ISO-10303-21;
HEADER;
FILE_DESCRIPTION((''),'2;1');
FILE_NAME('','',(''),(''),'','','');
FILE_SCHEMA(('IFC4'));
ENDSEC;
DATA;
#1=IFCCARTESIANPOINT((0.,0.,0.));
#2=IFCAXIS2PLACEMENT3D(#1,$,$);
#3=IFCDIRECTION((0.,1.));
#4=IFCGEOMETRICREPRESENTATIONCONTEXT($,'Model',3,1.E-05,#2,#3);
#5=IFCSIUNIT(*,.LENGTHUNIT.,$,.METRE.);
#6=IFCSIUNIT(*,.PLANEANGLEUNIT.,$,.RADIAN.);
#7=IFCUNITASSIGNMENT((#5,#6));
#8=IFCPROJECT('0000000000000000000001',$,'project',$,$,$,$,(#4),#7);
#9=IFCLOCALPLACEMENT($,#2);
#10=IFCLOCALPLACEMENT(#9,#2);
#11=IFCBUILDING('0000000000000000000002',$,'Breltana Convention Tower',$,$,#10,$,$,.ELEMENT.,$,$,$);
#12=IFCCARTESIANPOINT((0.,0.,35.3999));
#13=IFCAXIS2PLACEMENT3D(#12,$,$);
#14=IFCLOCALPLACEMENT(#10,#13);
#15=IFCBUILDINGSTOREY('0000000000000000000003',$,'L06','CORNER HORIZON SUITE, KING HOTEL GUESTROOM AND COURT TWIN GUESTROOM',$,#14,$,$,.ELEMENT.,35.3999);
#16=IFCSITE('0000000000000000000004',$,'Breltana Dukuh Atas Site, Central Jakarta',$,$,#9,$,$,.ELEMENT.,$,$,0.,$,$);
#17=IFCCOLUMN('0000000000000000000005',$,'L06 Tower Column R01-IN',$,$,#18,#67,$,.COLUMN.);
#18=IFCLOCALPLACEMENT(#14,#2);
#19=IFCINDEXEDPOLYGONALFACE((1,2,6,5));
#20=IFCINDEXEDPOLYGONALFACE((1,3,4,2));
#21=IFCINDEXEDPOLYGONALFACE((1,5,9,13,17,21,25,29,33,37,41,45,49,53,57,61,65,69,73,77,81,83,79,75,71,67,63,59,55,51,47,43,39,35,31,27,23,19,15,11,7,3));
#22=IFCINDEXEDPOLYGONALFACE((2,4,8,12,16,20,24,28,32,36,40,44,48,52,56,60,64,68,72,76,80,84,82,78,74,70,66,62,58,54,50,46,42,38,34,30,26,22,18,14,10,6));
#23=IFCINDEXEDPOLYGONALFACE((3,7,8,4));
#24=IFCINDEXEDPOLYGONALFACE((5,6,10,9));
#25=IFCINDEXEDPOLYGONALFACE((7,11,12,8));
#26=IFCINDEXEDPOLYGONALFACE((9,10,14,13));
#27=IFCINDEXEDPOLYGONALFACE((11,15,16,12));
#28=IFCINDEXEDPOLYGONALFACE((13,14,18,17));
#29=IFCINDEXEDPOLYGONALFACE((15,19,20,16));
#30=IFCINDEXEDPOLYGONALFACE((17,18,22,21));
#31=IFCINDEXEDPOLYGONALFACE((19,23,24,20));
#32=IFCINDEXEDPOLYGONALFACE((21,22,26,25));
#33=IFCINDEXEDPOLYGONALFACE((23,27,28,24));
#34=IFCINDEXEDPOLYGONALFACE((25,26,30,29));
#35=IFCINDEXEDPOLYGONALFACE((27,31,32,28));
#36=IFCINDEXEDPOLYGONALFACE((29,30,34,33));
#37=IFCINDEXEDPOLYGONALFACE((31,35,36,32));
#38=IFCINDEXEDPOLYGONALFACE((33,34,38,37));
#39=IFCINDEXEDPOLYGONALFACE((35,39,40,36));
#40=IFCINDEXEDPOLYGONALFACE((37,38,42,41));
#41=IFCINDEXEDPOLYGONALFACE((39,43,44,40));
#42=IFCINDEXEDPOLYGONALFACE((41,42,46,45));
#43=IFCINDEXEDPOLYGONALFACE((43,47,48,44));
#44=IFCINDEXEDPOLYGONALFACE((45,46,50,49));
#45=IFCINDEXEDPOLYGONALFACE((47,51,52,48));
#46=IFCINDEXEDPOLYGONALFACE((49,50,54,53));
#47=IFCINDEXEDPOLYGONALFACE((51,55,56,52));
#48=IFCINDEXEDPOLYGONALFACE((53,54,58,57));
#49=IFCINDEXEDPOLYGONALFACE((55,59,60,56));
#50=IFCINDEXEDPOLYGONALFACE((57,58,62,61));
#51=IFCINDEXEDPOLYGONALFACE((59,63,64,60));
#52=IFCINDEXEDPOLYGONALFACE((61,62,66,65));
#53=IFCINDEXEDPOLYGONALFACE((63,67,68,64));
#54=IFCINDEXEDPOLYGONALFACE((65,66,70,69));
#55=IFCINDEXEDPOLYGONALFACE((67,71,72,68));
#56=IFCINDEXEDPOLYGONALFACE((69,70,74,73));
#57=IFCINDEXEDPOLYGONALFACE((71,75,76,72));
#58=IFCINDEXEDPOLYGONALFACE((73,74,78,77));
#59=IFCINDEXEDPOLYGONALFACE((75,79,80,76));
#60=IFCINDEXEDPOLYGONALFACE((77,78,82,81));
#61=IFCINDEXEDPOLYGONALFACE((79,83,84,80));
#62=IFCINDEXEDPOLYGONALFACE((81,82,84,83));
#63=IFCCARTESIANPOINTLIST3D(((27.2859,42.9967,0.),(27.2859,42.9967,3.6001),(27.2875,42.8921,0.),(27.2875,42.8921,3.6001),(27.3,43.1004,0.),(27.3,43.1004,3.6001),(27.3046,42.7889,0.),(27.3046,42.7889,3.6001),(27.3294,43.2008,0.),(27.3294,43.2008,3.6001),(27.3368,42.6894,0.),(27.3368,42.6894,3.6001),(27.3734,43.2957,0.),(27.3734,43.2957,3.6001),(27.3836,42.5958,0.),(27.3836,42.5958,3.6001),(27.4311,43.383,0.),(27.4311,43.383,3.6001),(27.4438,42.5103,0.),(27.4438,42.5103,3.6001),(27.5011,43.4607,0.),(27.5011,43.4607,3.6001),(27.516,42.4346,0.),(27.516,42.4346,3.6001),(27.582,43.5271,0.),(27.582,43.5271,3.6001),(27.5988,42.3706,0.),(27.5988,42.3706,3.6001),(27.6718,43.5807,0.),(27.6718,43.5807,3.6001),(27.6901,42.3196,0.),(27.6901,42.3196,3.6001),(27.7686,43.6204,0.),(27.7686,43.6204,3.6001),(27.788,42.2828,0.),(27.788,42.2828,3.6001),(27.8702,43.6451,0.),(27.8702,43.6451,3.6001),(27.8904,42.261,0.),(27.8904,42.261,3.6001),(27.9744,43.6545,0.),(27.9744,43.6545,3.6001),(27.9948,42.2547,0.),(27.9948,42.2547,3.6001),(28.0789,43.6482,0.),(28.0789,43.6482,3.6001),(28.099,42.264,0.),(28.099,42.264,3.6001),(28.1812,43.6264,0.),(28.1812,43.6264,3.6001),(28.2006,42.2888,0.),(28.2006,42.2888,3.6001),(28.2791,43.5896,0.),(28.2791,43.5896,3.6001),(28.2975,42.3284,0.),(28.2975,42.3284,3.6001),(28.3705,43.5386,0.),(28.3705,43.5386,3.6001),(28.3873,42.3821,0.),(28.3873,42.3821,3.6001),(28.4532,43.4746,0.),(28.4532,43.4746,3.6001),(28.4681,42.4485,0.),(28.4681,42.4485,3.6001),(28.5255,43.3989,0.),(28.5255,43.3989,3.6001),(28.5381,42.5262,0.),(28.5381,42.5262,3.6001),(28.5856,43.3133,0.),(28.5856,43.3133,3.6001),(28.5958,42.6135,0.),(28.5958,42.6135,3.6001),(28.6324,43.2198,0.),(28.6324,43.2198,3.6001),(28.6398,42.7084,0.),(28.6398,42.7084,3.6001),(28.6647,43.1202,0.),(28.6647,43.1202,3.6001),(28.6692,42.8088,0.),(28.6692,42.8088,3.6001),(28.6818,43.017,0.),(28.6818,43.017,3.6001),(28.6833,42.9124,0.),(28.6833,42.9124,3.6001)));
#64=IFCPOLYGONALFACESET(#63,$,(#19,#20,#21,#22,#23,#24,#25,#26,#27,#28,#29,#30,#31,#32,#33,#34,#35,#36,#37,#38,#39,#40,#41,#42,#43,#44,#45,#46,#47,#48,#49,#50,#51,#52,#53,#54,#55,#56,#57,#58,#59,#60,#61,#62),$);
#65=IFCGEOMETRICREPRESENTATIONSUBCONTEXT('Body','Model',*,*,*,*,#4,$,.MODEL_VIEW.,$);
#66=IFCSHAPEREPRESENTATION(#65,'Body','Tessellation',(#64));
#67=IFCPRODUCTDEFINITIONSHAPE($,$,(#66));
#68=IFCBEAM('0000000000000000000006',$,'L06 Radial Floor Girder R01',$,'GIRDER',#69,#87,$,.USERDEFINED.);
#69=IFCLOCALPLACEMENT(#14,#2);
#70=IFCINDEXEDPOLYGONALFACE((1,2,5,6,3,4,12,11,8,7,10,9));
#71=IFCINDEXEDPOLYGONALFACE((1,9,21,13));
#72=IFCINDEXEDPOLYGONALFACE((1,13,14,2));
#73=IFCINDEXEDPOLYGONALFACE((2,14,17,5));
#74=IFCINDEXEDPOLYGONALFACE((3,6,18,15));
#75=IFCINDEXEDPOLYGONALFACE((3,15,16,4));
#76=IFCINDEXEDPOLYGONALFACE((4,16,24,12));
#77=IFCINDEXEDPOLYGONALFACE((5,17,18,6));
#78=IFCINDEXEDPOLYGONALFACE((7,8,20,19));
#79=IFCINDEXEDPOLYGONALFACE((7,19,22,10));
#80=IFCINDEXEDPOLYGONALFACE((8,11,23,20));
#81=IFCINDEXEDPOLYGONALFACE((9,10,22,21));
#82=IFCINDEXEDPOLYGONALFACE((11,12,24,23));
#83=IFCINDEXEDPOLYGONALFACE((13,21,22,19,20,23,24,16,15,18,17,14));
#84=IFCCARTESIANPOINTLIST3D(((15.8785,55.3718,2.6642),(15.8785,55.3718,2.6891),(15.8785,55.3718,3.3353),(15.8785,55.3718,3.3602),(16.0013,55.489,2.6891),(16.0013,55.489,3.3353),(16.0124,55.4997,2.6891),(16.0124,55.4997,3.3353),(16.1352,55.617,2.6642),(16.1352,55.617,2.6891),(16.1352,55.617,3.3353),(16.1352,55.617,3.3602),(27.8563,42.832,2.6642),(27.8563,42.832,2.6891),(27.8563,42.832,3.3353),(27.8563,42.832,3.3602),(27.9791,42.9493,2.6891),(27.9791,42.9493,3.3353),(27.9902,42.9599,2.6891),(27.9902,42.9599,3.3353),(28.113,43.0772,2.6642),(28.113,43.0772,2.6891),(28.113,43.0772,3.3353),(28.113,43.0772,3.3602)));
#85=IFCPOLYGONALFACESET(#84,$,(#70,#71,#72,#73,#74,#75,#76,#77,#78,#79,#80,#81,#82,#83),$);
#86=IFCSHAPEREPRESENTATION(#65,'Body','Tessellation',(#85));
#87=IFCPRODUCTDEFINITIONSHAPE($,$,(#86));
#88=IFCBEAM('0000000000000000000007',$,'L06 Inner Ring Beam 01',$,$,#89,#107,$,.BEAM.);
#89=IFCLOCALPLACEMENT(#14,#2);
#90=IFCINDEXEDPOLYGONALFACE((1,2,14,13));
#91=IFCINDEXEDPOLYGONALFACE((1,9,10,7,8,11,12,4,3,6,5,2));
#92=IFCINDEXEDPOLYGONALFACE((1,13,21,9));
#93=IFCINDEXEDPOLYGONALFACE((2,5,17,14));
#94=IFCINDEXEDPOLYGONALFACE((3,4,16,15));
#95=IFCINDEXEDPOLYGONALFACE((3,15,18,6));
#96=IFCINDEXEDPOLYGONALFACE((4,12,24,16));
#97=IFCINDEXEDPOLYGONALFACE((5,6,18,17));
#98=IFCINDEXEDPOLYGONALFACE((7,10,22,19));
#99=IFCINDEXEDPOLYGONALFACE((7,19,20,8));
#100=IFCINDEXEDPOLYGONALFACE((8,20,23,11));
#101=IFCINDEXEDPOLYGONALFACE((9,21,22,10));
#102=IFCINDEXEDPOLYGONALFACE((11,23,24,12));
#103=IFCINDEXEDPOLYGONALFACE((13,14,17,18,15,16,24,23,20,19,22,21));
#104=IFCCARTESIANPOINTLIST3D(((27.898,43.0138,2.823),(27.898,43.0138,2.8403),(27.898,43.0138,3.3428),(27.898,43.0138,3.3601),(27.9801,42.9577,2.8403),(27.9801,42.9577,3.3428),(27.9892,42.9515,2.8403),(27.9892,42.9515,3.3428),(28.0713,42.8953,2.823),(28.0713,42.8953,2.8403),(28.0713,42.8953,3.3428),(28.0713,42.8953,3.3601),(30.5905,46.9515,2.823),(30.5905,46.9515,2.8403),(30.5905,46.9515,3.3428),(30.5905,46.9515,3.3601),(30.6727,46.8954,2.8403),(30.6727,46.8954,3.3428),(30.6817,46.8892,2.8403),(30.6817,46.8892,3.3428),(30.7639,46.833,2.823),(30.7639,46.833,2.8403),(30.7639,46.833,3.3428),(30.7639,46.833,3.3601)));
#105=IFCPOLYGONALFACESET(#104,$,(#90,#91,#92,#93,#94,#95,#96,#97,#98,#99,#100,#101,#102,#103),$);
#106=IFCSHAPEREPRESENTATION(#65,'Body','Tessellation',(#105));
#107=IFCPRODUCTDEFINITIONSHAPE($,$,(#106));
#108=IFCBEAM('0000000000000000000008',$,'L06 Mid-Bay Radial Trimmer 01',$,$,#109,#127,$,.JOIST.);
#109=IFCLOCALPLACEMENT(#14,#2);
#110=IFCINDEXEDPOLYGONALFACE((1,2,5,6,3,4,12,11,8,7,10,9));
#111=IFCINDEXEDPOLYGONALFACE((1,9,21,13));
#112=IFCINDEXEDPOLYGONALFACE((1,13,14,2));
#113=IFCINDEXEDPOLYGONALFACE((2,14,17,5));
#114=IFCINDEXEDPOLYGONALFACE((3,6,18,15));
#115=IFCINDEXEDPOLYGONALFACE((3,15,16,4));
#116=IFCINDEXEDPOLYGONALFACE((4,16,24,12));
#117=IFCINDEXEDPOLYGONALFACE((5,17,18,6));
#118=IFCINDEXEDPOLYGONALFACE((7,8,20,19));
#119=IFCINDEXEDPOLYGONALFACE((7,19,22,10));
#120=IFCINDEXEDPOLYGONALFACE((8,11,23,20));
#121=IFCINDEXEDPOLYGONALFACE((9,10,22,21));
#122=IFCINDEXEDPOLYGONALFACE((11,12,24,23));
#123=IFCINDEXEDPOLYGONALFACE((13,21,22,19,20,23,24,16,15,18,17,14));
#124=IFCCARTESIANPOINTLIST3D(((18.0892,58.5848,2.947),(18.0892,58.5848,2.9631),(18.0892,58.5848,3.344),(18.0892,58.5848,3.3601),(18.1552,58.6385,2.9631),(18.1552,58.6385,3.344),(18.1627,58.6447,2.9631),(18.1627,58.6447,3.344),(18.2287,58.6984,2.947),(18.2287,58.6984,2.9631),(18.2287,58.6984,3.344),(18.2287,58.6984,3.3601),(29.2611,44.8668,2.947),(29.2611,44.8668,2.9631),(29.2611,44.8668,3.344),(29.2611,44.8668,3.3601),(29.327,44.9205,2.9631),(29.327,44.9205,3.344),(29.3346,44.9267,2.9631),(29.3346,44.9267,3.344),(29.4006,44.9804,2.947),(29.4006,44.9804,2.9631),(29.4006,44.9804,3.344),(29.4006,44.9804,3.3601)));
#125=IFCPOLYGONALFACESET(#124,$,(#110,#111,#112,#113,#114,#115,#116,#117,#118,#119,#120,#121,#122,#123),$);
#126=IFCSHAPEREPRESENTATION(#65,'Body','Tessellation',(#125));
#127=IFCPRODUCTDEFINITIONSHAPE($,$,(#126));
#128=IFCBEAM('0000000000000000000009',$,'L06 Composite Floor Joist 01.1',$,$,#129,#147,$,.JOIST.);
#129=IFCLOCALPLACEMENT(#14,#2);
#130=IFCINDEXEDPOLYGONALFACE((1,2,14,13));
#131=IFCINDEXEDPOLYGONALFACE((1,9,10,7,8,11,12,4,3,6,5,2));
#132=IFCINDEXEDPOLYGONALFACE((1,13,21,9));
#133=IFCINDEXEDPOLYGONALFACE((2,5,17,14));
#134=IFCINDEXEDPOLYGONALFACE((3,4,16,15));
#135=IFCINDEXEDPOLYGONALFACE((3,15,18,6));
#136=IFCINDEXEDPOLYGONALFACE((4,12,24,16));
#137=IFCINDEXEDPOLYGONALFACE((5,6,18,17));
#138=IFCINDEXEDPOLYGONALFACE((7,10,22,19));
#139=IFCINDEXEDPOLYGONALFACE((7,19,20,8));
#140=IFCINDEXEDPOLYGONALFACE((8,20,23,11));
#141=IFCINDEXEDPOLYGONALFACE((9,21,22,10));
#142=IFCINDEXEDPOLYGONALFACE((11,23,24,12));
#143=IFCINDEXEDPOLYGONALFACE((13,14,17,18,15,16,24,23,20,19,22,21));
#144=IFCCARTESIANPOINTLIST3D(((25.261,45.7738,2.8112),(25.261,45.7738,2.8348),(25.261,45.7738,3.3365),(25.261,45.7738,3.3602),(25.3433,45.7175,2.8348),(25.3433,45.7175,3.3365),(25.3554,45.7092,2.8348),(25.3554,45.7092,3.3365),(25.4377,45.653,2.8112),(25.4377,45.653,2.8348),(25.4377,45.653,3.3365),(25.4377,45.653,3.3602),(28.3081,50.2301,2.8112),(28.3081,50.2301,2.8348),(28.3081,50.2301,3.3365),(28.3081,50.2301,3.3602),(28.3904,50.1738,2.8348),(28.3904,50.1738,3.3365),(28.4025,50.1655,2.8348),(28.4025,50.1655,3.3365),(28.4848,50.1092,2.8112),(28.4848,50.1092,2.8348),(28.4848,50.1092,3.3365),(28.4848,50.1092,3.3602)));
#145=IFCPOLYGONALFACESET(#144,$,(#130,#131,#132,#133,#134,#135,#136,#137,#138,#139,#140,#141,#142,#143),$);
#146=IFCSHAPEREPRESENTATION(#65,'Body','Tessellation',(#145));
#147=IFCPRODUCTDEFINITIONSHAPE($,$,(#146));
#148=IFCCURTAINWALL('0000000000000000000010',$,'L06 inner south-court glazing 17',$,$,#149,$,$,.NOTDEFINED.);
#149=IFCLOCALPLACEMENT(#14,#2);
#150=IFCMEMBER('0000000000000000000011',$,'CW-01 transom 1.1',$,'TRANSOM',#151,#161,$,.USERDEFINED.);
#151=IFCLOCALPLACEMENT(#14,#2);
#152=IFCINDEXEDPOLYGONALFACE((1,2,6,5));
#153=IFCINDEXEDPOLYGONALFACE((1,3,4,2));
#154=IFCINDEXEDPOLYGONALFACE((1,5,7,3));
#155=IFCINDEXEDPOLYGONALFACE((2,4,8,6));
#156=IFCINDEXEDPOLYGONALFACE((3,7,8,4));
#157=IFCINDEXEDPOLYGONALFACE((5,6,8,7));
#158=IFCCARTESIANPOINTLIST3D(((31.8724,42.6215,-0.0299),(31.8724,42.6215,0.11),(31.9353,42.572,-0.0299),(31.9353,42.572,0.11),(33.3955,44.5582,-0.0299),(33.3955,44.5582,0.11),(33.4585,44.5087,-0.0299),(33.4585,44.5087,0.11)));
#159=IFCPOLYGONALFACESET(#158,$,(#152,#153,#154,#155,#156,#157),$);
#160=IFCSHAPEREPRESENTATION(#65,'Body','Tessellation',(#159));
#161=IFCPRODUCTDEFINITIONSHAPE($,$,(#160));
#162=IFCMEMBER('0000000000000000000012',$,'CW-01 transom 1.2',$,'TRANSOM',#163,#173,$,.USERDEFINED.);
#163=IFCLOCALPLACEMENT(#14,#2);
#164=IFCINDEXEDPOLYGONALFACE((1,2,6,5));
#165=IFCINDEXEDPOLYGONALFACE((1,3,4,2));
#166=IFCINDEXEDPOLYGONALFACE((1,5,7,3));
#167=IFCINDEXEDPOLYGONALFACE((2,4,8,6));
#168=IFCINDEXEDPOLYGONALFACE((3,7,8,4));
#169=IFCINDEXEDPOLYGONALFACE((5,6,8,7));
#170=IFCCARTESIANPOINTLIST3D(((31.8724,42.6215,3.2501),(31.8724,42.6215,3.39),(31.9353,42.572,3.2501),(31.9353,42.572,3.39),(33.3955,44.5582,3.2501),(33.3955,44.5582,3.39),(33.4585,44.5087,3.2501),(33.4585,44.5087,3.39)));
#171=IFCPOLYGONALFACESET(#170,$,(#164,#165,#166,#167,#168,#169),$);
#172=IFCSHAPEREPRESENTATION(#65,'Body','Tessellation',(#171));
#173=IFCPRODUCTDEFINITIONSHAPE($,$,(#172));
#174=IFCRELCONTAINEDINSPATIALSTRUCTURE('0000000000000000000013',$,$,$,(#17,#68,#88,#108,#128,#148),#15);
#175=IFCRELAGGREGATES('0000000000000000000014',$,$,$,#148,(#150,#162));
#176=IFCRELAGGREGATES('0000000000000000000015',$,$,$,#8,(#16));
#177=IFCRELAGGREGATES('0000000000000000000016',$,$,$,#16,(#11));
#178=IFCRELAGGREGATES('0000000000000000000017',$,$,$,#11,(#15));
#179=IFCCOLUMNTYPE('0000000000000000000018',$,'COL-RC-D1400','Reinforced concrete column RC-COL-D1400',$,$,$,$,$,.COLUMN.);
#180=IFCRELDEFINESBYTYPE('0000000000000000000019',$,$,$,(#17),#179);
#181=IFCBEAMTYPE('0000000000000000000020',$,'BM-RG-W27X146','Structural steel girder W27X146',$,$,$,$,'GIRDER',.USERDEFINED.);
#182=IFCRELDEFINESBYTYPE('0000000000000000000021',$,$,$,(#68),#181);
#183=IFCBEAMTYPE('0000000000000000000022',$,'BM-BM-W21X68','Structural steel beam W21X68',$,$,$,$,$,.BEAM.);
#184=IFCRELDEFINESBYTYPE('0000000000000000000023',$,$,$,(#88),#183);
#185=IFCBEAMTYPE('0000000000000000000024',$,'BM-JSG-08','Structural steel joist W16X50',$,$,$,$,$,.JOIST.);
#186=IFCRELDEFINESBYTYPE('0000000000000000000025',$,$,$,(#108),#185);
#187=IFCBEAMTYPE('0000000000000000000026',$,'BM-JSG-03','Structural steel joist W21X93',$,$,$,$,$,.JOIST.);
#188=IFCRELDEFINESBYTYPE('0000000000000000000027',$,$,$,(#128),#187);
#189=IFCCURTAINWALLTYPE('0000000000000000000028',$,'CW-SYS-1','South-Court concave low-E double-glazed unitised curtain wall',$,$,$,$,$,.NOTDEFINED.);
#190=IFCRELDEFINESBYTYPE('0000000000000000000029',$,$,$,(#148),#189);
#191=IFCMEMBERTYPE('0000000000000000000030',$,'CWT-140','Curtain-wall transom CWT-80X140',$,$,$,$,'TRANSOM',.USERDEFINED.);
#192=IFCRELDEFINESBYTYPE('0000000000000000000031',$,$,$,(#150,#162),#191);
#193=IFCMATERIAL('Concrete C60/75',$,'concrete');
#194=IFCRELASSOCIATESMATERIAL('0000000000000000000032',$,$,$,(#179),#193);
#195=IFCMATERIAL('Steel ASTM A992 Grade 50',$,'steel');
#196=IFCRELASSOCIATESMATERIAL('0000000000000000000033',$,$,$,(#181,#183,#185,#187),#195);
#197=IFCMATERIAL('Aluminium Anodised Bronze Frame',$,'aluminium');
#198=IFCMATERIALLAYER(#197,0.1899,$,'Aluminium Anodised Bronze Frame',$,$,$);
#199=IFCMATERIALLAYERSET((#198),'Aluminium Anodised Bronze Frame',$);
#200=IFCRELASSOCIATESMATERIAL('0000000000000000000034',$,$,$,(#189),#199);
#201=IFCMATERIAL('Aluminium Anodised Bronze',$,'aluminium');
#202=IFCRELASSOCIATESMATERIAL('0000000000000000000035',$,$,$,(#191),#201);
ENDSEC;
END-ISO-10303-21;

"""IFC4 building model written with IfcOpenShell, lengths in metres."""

from ifc_helpers import new_model, si_unit, direction, frame, origin, origin_2d, place, context, subcontext, project, spatial, rectangle, circle, i_section, extrude, source, transform, mapped, material, layer, layer_set, material_profile, profile_set, type_object, type_shapes, element, aggregate, save


model = new_model("IFC4")

# Units and contexts
model_context = context("Model", 3, precision=1e-05, world=origin(), true_north=direction((0.0, 1.0)))
body_context = subcontext(model_context, "Body", "Model", "MODEL_VIEW")
ifc_project = project(units=[si_unit("LENGTHUNIT", "METRE"), si_unit("PLANEANGLEUNIT", "RADIAN")], contexts=[model_context])

# Site, building, storey
site_placement = place(None, origin())
site = spatial("IfcSite", under=ifc_project, at=site_placement, Name="Breltana Dukuh Atas Site, Central Jakarta", CompositionType="ELEMENT", RefElevation=0.0)
building_placement = place(site_placement, origin())
building = spatial("IfcBuilding", under=site, at=building_placement, Name="Breltana Convention Tower", CompositionType="ELEMENT")
storey_placement = place(building_placement, frame((0.0, 0.0, 35.3999)))
storey = spatial("IfcBuildingStorey", under=building, at=storey_placement, Name="L06", Description="CORNER HORIZON SUITE, KING HOTEL GUESTROOM AND COURT TWIN GUESTROOM", CompositionType="ELEMENT", Elevation=35.3999)

# Column
ifc_material_1 = material(Name="Concrete C60/75", Category="concrete")
ifc_material_profile_1 = material_profile(ifc_material_1, circle(Radius=0.7, at=origin_2d()), Name="RC-COL-D1400")
ifc_profile_set_1 = profile_set([ifc_material_profile_1], Name="Concrete C60/75")
column_type = type_object("IfcColumnType", Name="COL-RC-D1400", Description="Reinforced concrete column RC-COL-D1400", PredefinedType="COLUMN", material=ifc_profile_set_1)
shared_shape_1 = source(origin(), body_context, "Body", "SweptSolid", [
    extrude(circle(Radius=0.7, at=origin_2d()), origin(), (0.0, 0.0, 1.0), 3.6001),
])
column_placement = place(storey_placement, frame((27.9846, 42.9546, 0.0), z_axis=(0.0, 0.0, 1.0), x_axis=(-0.690756, 0.723088, 0.0)))
element("IfcColumn", 1, at=column_placement, inside=storey, type_object=column_type, Name="L06 Tower Column R01-IN", PredefinedType="COLUMN", context=body_context, shape_type="MappedRepresentation", body=[
    mapped(shared_shape_1, transform((0.0, 0.0, 0.0), scale=1.0)),
])

# Beams
ifc_material_2 = material(Name="Steel ASTM A992 Grade 50", Category="steel")
ifc_material_profile_2 = material_profile(ifc_material_2, i_section(OverallWidth=0.355, OverallDepth=0.696, WebThickness=0.0154, FlangeThickness=0.0249, at=origin_2d()), Name="W27X146")
ifc_profile_set_2 = profile_set([ifc_material_profile_2], Name="Steel ASTM A992 Grade 50")
beam_type_1 = type_object("IfcBeamType", Name="BM-RG-W27X146", Description="Structural steel girder W27X146", ElementType="GIRDER", PredefinedType="USERDEFINED", material=ifc_profile_set_2)
shared_shape_2 = source(origin(), body_context, "Body", "SweptSolid", [
    extrude(i_section(OverallWidth=0.355, OverallDepth=0.696, WebThickness=0.0154, FlangeThickness=0.0249, at=origin_2d()), origin(), (0.0, 0.0, 1.0), 17.3411),
])
type_shapes(beam_type_1, [shared_shape_2])
beam_1_placement = place(storey_placement, frame((27.9846, 42.9546, 3.0122), z_axis=(-0.690716, 0.723126, 0.0), x_axis=(-0.723126, -0.690716, 0.0)))
element("IfcBeam", 2, at=beam_1_placement, inside=storey, type_object=beam_type_1, Name="L06 Radial Floor Girder R01", ObjectType="GIRDER", PredefinedType="USERDEFINED", context=body_context, shape_type="MappedRepresentation", body=[
    mapped(shared_shape_2, transform((0.0, 0.0, 0.0), scale=1.0)),
])
ifc_material_profile_3 = material_profile(ifc_material_2, i_section(OverallWidth=0.21, OverallDepth=0.5371, WebThickness=0.011, FlangeThickness=0.0173, at=origin_2d()), Name="W21X68")
ifc_profile_set_3 = profile_set([ifc_material_profile_3], Name="Steel ASTM A992 Grade 50")
beam_type_2 = type_object("IfcBeamType", Name="BM-BM-W21X68", Description="Structural steel beam W21X68", PredefinedType="BEAM", material=ifc_profile_set_3)
shared_shape_3 = source(origin(), body_context, "Body", "SweptSolid", [
    extrude(i_section(OverallWidth=0.21, OverallDepth=0.5371, WebThickness=0.011, FlangeThickness=0.0173, at=origin_2d()), origin(), (0.0, 0.0, 1.0), 4.7703),
])
beam_2_placement = place(storey_placement, frame((27.9846, 42.9546, 3.0916), z_axis=(0.564453, 0.825465, 0.0), x_axis=(-0.825465, 0.564453, 0.0)))
element("IfcBeam", 3, at=beam_2_placement, inside=storey, type_object=beam_type_2, Name="L06 Inner Ring Beam 01", PredefinedType="BEAM", context=body_context, shape_type="MappedRepresentation", body=[
    mapped(shared_shape_3, transform((0.0, 0.0, 0.0), scale=1.0)),
])
ifc_material_profile_4 = material_profile(ifc_material_2, i_section(OverallWidth=0.1799, OverallDepth=0.4131, WebThickness=0.0098, FlangeThickness=0.0161, at=origin_2d()), Name="W16X50")
ifc_profile_set_4 = profile_set([ifc_material_profile_4], Name="Steel ASTM A992 Grade 50")
beam_type_3 = type_object("IfcBeamType", Name="BM-JSG-08", Description="Structural steel joist W16X50", PredefinedType="JOIST", material=ifc_profile_set_4)
shared_shape_4 = source(origin(), body_context, "Body", "SweptSolid", [
    extrude(i_section(OverallWidth=0.1799, OverallDepth=0.4131, WebThickness=0.0098, FlangeThickness=0.0161, at=origin_2d()), origin(), (0.0, 0.0, 1.0), 17.6917),
])
type_shapes(beam_type_3, [shared_shape_4])
beam_3_placement = place(storey_placement, frame((29.3308, 44.9236, 3.1536), z_axis=(-0.631477, 0.775395, 0.0), x_axis=(-0.775395, -0.631477, 0.0)))
element("IfcBeam", 4, at=beam_3_placement, inside=storey, type_object=beam_type_3, Name="L06 Mid-Bay Radial Trimmer 01", PredefinedType="JOIST", context=body_context, shape_type="MappedRepresentation", body=[
    mapped(shared_shape_4, transform((0.0, 0.0, 0.0), scale=1.0)),
])
ifc_material_profile_5 = material_profile(ifc_material_2, i_section(OverallWidth=0.2141, OverallDepth=0.5491, WebThickness=0.0146, FlangeThickness=0.0237, at=origin_2d()), Name="W21X93")
ifc_profile_set_5 = profile_set([ifc_material_profile_5], Name="Steel ASTM A992 Grade 50")
beam_type_4 = type_object("IfcBeamType", Name="BM-JSG-03", Description="Structural steel joist W21X93", PredefinedType="JOIST", material=ifc_profile_set_5)
shared_shape_5 = source(origin(), body_context, "Body", "SweptSolid", [
    extrude(i_section(OverallWidth=0.2141, OverallDepth=0.5491, WebThickness=0.0146, FlangeThickness=0.0237, at=origin_2d()), origin(), (0.0, 0.0, 1.0), 5.3984),
])
beam_4_placement = place(storey_placement, frame((25.3494, 45.7134, 3.0857), z_axis=(0.564441, 0.825474, 0.0), x_axis=(-0.825474, 0.564441, 0.0)))
element("IfcBeam", 5, at=beam_4_placement, inside=storey, type_object=beam_type_4, Name="L06 Composite Floor Joist 01.1", PredefinedType="JOIST", context=body_context, shape_type="MappedRepresentation", body=[
    mapped(shared_shape_5, transform((0.0, 0.0, 0.0), scale=1.0)),
])

# Curtain wall, members
ifc_material_3 = material(Name="Aluminium Anodised Bronze Frame", Category="aluminium")
ifc_layer_1 = layer(ifc_material_3, 0.1899, Name="Aluminium Anodised Bronze Frame")
ifc_layer_set_1 = layer_set([ifc_layer_1], Name="Aluminium Anodised Bronze Frame")
curtain_wall_type = type_object("IfcCurtainWallType", Name="CW-SYS-1", Description="South-Court concave low-E double-glazed unitised curtain wall", PredefinedType="NOTDEFINED", material=ifc_layer_set_1)
curtain_wall_1_placement = place(storey_placement, origin())
curtain_wall_1 = element("IfcCurtainWall", 6, at=curtain_wall_1_placement, inside=storey, type_object=curtain_wall_type, Name="L06 inner south-court glazing 17", PredefinedType="NOTDEFINED")
ifc_material_4 = material(Name="Aluminium Anodised Bronze", Category="aluminium")
ifc_material_profile_6 = material_profile(ifc_material_4, rectangle(XDim=0.0801, YDim=0.1399, at=origin_2d()), Name="CWT-80X140")
ifc_profile_set_6 = profile_set([ifc_material_profile_6], Name="Aluminium Anodised Bronze")
member_type_1 = type_object("IfcMemberType", Name="CWT-140", Description="Curtain-wall transom CWT-80X140", ElementType="TRANSOM", PredefinedType="USERDEFINED", material=ifc_profile_set_6)
shared_shape_6 = source(origin(), body_context, "Body", "SweptSolid", [
    extrude(rectangle(XDim=0.0801, YDim=0.1399, at=origin_2d()), origin(), (0.0, 0.0, 1.0), 2.4639),
])
member_1_placement = place(storey_placement, frame((33.427, 44.5334, 0.04), z_axis=(-0.618185, -0.786033, 0.0), x_axis=(0.786033, -0.618185, 0.0)))
member_1 = element("IfcMember", 7, at=member_1_placement, type_object=member_type_1, Name="CW-01 transom 1.1", ObjectType="TRANSOM", PredefinedType="USERDEFINED", context=body_context, shape_type="MappedRepresentation", body=[
    mapped(shared_shape_6, transform((0.0, 0.0, 0.0), scale=1.0)),
])
member_2_placement = place(storey_placement, frame((33.427, 44.5334, 3.3201), z_axis=(-0.618185, -0.786033, 0.0), x_axis=(0.786033, -0.618185, 0.0)))
member_2 = element("IfcMember", 8, at=member_2_placement, type_object=member_type_1, Name="CW-01 transom 1.2", ObjectType="TRANSOM", PredefinedType="USERDEFINED", context=body_context, shape_type="MappedRepresentation", body=[
    mapped(shared_shape_6, transform((0.0, 0.0, 0.0), scale=1.0)),
])

aggregate(curtain_wall_1, [member_1, member_2])

save(model, "model.ifc")
